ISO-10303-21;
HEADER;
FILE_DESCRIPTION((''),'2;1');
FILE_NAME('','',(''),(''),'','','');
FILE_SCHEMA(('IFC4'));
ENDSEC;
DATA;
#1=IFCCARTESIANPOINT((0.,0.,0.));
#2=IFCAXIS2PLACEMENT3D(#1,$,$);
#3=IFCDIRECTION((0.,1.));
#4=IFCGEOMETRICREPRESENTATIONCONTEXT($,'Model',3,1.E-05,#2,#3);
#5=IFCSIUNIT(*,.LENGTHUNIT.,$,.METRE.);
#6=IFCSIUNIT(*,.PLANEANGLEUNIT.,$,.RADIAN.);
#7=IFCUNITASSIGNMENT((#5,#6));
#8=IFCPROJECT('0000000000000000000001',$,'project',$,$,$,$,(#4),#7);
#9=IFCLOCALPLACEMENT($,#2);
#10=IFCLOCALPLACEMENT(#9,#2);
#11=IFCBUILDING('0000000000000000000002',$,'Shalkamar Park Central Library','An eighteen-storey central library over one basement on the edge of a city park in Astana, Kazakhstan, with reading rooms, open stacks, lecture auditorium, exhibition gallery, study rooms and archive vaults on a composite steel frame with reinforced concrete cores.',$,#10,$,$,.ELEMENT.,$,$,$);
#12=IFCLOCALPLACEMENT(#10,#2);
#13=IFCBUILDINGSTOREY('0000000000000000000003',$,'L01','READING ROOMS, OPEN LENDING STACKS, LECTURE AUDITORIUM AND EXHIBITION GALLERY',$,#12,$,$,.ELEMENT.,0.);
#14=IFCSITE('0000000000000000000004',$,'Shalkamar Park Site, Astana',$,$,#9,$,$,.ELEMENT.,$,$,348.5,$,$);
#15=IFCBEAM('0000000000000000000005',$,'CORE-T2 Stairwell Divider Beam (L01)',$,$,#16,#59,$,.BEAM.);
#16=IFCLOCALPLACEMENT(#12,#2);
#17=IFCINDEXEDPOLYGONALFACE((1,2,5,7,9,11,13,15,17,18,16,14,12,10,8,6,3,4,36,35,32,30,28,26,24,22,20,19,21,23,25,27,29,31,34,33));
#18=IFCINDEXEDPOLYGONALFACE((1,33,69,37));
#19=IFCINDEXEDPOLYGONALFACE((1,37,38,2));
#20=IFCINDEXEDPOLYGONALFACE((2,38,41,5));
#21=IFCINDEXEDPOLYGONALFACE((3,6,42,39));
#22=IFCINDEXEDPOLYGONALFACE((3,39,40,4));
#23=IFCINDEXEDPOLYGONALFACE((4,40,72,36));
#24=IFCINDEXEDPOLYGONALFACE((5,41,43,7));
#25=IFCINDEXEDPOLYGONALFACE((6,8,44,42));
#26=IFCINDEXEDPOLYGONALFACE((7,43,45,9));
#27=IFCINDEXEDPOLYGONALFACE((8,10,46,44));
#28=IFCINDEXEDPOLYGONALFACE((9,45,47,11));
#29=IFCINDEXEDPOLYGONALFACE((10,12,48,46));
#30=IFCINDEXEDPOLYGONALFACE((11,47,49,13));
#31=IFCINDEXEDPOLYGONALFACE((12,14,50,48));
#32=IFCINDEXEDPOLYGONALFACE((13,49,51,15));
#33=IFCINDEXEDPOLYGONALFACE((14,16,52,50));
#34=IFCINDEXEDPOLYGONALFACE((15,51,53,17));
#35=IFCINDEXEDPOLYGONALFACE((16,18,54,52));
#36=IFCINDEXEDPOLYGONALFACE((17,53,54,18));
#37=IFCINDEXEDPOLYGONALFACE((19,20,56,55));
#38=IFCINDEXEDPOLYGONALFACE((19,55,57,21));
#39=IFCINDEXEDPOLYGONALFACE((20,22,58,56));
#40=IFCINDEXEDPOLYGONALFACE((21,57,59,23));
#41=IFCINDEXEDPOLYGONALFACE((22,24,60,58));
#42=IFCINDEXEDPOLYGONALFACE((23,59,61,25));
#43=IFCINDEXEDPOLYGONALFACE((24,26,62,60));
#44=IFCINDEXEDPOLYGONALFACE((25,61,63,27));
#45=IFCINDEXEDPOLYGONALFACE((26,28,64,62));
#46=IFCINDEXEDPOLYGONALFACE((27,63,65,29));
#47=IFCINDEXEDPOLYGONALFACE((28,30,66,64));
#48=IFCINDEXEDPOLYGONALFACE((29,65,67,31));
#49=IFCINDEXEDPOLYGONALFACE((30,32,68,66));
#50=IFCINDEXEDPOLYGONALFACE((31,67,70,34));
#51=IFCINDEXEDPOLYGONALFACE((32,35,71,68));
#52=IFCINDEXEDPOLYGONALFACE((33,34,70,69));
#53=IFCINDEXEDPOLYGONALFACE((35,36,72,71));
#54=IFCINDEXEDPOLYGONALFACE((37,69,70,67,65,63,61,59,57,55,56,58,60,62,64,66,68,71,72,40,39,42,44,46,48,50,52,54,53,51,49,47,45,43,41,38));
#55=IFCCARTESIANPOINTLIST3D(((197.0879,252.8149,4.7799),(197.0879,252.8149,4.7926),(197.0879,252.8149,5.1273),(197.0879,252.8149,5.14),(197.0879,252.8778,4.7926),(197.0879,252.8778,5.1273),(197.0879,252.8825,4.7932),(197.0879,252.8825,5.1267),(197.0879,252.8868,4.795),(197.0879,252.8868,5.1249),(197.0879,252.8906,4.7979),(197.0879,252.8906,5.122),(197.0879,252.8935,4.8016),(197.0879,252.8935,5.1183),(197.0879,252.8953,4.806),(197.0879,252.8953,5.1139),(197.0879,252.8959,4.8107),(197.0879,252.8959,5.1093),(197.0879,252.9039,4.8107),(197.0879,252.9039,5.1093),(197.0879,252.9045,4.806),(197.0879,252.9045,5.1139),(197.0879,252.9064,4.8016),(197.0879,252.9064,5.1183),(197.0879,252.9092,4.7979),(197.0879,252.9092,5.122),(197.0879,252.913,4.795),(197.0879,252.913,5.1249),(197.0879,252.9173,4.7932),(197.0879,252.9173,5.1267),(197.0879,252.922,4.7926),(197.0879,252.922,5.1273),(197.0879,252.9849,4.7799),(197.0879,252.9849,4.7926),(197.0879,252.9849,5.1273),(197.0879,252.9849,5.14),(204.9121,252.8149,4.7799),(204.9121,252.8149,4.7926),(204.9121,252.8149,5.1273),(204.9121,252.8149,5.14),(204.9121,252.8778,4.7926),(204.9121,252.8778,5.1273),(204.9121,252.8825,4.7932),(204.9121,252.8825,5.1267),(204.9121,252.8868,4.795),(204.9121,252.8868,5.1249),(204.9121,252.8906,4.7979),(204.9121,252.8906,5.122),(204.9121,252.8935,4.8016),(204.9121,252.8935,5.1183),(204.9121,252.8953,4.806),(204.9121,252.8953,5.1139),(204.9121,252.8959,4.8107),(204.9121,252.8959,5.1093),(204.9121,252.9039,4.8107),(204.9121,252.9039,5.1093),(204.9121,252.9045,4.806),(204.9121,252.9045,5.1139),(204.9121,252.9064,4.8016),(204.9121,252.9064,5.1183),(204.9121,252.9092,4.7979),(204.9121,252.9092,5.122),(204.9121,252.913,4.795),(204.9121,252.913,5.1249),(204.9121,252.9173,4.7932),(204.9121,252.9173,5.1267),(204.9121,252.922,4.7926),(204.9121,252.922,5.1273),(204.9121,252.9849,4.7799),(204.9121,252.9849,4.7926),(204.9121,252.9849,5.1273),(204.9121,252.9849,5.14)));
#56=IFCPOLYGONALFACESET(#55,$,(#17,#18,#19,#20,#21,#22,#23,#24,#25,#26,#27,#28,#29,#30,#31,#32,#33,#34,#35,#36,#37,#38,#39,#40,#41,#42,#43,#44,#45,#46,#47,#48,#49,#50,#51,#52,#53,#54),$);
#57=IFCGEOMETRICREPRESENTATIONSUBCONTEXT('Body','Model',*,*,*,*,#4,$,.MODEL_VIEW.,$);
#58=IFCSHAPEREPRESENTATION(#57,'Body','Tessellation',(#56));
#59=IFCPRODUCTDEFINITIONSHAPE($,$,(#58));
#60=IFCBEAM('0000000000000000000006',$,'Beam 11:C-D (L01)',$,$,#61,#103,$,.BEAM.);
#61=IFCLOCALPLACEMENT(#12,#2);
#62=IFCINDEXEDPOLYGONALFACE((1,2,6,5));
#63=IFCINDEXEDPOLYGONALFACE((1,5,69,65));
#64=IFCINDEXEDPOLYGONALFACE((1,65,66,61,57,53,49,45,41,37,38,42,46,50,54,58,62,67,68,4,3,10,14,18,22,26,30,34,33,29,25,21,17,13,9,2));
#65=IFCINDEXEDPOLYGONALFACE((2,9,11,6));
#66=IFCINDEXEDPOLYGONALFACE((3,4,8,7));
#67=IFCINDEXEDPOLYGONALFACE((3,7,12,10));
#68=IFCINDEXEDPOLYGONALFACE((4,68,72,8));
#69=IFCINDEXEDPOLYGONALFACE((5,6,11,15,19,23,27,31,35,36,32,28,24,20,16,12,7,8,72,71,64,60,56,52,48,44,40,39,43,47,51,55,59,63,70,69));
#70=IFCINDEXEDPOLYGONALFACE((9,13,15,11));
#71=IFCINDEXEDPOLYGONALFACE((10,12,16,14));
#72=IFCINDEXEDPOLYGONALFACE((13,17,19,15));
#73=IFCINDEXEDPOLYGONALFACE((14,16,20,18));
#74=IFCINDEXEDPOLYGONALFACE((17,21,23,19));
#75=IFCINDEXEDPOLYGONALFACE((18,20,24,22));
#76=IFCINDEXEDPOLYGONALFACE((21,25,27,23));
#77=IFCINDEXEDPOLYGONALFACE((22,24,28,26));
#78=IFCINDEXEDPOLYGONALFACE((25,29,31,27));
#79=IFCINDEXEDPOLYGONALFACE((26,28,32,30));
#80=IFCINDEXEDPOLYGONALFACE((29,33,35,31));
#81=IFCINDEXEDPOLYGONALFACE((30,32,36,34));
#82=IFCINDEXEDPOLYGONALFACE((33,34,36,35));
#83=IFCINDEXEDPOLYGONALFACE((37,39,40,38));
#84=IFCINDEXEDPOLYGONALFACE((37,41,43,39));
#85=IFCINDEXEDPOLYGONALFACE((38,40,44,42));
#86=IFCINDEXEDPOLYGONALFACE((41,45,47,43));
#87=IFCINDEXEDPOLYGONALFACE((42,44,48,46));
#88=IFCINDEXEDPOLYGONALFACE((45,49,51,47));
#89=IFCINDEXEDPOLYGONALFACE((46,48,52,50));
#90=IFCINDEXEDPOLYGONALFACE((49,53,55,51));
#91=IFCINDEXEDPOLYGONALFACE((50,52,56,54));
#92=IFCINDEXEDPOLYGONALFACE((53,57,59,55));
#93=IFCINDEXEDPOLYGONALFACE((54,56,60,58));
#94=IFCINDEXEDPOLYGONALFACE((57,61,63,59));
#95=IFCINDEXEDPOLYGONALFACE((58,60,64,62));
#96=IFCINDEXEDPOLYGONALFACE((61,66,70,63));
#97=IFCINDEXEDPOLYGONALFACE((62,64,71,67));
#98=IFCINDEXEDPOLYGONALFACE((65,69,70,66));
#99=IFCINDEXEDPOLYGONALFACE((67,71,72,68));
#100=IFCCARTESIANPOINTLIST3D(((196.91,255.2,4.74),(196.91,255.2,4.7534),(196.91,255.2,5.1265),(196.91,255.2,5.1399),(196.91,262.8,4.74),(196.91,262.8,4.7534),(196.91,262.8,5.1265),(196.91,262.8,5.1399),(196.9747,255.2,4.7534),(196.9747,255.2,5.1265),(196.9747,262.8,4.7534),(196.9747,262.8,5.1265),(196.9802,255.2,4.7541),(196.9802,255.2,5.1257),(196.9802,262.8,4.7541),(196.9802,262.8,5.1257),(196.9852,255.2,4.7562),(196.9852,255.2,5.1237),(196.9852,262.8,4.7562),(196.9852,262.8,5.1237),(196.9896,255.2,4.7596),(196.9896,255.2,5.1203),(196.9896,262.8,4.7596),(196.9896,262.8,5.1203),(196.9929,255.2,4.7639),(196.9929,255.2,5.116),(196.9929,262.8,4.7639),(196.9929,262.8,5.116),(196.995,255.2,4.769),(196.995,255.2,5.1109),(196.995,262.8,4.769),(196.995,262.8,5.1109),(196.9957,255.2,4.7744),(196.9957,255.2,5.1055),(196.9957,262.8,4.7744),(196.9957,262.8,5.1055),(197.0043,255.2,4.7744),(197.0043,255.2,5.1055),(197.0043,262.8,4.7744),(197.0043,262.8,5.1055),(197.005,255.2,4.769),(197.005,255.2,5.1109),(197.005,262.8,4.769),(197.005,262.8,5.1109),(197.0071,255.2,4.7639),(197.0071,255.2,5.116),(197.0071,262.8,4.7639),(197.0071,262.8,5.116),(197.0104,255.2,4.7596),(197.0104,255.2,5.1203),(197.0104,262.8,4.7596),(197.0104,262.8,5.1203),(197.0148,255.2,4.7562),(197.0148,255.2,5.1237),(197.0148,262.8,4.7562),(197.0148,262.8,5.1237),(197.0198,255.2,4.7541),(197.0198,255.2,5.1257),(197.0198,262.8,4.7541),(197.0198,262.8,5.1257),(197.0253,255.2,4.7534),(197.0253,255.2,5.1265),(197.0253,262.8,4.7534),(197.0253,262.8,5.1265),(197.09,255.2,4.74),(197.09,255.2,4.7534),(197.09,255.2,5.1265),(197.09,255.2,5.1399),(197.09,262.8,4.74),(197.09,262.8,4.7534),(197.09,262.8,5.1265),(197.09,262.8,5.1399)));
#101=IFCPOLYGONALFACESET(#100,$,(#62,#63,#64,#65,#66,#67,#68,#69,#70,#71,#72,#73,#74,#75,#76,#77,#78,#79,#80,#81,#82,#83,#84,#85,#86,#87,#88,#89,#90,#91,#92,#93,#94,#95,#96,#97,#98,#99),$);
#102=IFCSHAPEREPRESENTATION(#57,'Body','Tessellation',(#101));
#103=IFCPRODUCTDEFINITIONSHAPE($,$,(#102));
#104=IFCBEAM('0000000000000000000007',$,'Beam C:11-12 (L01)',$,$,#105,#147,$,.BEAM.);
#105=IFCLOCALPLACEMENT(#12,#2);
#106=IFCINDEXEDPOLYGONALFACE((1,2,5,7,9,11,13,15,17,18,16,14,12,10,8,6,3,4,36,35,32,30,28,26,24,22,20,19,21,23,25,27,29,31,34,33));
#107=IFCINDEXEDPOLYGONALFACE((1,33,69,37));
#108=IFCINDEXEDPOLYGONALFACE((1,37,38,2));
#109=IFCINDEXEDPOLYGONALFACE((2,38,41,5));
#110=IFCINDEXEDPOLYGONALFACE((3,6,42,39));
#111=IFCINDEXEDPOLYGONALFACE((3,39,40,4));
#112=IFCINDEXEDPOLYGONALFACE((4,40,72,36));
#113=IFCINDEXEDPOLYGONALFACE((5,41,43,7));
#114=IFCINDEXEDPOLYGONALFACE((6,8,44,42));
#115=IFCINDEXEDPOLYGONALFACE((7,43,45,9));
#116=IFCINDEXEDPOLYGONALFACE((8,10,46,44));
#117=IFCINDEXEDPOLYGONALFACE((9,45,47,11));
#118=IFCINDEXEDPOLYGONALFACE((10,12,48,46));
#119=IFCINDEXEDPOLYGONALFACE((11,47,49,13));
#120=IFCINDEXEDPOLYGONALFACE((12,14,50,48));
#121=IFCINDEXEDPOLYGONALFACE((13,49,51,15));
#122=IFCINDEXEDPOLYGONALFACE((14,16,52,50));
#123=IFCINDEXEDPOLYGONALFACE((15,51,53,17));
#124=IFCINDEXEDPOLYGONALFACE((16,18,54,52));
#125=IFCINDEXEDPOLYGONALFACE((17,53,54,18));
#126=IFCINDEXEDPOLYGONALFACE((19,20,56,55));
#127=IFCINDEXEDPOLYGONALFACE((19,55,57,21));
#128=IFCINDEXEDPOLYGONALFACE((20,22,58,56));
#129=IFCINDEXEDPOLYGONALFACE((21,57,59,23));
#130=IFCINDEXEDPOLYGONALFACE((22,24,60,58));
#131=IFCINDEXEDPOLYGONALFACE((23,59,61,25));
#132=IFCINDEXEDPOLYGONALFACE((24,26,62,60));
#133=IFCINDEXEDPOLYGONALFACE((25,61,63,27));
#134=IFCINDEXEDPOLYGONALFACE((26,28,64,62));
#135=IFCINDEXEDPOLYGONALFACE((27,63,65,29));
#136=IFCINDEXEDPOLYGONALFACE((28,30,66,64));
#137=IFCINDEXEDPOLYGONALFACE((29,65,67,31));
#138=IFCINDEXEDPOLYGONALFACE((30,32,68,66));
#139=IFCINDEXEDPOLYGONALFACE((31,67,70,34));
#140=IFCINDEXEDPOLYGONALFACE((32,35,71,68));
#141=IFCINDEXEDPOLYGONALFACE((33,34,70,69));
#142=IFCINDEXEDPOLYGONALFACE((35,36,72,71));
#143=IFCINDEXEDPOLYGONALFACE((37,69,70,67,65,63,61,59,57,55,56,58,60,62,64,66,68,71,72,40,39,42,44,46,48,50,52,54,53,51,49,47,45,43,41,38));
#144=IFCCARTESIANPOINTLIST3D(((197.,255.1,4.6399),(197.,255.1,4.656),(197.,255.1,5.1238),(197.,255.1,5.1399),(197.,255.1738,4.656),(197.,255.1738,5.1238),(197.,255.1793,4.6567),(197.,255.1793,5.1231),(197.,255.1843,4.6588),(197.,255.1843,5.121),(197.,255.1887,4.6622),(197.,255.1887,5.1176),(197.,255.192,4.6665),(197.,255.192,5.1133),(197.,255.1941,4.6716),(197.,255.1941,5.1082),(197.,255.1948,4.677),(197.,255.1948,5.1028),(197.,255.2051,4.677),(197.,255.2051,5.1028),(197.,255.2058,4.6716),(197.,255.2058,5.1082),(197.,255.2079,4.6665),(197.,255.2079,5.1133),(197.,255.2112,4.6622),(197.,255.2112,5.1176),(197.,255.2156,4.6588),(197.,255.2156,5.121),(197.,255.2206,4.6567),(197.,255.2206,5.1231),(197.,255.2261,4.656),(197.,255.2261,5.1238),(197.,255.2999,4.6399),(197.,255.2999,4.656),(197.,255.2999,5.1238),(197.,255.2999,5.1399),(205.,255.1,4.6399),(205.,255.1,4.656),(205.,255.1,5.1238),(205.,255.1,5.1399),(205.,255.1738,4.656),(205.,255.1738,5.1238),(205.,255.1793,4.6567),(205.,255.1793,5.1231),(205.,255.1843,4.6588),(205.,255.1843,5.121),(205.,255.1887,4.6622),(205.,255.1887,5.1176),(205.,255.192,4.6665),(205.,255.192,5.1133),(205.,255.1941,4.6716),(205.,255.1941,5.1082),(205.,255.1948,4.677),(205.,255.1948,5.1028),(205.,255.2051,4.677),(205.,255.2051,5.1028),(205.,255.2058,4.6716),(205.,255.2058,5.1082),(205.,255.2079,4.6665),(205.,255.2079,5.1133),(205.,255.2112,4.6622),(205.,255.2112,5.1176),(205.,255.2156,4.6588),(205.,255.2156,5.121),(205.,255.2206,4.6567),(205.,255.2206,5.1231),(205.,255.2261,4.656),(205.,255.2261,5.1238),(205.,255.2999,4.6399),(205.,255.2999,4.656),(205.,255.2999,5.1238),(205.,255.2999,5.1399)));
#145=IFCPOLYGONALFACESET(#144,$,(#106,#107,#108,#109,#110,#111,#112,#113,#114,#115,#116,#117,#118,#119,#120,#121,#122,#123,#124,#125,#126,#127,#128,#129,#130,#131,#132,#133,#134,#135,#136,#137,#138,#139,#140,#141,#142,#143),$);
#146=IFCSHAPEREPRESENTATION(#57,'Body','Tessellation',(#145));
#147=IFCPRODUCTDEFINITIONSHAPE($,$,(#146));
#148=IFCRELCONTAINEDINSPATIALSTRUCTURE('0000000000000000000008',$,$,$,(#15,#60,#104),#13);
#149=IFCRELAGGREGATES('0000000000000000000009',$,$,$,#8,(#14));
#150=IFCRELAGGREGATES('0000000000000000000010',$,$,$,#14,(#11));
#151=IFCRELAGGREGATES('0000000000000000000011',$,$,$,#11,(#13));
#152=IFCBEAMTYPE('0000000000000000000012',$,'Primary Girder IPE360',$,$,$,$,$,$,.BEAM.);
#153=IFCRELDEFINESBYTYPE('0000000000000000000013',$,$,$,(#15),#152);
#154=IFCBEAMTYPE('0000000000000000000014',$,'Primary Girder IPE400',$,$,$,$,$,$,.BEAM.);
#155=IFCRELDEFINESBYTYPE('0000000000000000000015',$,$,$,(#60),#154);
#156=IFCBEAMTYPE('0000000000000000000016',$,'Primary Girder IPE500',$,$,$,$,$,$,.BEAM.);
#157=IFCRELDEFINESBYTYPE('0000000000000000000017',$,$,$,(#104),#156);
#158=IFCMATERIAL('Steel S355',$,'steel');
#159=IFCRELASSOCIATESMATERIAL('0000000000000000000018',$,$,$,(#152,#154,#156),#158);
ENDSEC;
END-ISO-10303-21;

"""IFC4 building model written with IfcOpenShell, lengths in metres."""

from ifc_helpers import new_model, si_unit, direction, frame, origin, origin_2d, place, context, subcontext, project, spatial, i_section, extrude, material, material_profile, profile_set, type_object, element, save


model = new_model("IFC4")

# Units and contexts
model_context = context("Model", 3, precision=1e-05, world=origin(), true_north=direction((0.0, 1.0)))
body_context = subcontext(model_context, "Body", "Model", "MODEL_VIEW")
ifc_project = project(units=[si_unit("LENGTHUNIT", "METRE"), si_unit("PLANEANGLEUNIT", "RADIAN")], contexts=[model_context])

# Site, building, storey
site_placement = place(None, origin())
site = spatial("IfcSite", under=ifc_project, at=site_placement, Name="Shalkamar Park Site, Astana", CompositionType="ELEMENT", RefElevation=348.5)
building_placement = place(site_placement, origin())
building = spatial("IfcBuilding", under=site, at=building_placement, Name="Shalkamar Park Central Library", Description="An eighteen-storey central library over one basement on the edge of a city park in Astana, Kazakhstan, with reading rooms, open stacks, lecture auditorium, exhibition gallery, study rooms and archive vaults on a composite steel frame with reinforced concrete cores.", CompositionType="ELEMENT")
storey_placement = place(building_placement, origin())
storey = spatial("IfcBuildingStorey", under=building, at=storey_placement, Name="L01", Description="READING ROOMS, OPEN LENDING STACKS, LECTURE AUDITORIUM AND EXHIBITION GALLERY", CompositionType="ELEMENT", Elevation=0.0)

# Shared definitions
ifc_material_1 = material(Name="Steel S355", Category="steel")

# Beams
ifc_material_profile_1 = material_profile(ifc_material_1, i_section(OverallWidth=0.1699, OverallDepth=0.3601, WebThickness=0.0081, FlangeThickness=0.0127, FilletRadius=0.0181, at=origin_2d()), Name="IPE 360")
ifc_profile_set_1 = profile_set([ifc_material_profile_1], Name="Steel S355")
beam_type_1 = type_object("IfcBeamType", Name="Primary Girder IPE360", PredefinedType="BEAM", material=ifc_profile_set_1)
beam_1_placement = place(storey_placement, frame((197.0879, 252.8999, 4.96), z_axis=(1.0, 0.0, 0.0), x_axis=(0.0, 1.0, 0.0)))
element("IfcBeam", 1, at=beam_1_placement, inside=storey, type_object=beam_type_1, Name="CORE-T2 Stairwell Divider Beam (L01)", PredefinedType="BEAM", context=body_context, shape_type="SweptSolid", body=[
    extrude(i_section(OverallWidth=0.1699, OverallDepth=0.3601, WebThickness=0.0081, FlangeThickness=0.0127, FilletRadius=0.0181, at=origin_2d()), origin(), (0.0, 0.0, 1.0), 7.8242),
])
ifc_material_profile_2 = material_profile(ifc_material_1, i_section(OverallWidth=0.1799, OverallDepth=0.3999, WebThickness=0.0085, FlangeThickness=0.0134, FilletRadius=0.021, at=origin_2d()), Name="IPE 400")
ifc_profile_set_2 = profile_set([ifc_material_profile_2], Name="Steel S355")
beam_type_2 = type_object("IfcBeamType", Name="Primary Girder IPE400", PredefinedType="BEAM", material=ifc_profile_set_2)
beam_2_placement = place(storey_placement, frame((197.0, 255.2, 4.9399), z_axis=(0.0, 1.0, 0.0), x_axis=(-1.0, 0.0, 0.0)))
element("IfcBeam", 2, at=beam_2_placement, inside=storey, type_object=beam_type_2, Name="Beam 11:C-D (L01)", PredefinedType="BEAM", context=body_context, shape_type="SweptSolid", body=[
    extrude(i_section(OverallWidth=0.1799, OverallDepth=0.3999, WebThickness=0.0085, FlangeThickness=0.0134, FilletRadius=0.021, at=origin_2d()), origin(), (0.0, 0.0, 1.0), 7.6001),
])
ifc_material_profile_3 = material_profile(ifc_material_1, i_section(OverallWidth=0.2, OverallDepth=0.5, WebThickness=0.0103, FlangeThickness=0.0161, FilletRadius=0.021, at=origin_2d()), Name="IPE 500")
ifc_profile_set_3 = profile_set([ifc_material_profile_3], Name="Steel S355")
beam_type_3 = type_object("IfcBeamType", Name="Primary Girder IPE500", PredefinedType="BEAM", material=ifc_profile_set_3)
beam_3_placement = place(storey_placement, frame((197.0, 255.2, 4.8899), z_axis=(1.0, 0.0, 0.0), x_axis=(0.0, 1.0, 0.0)))
element("IfcBeam", 3, at=beam_3_placement, inside=storey, type_object=beam_type_3, Name="Beam C:11-12 (L01)", PredefinedType="BEAM", context=body_context, shape_type="SweptSolid", body=[
    extrude(i_section(OverallWidth=0.2, OverallDepth=0.5, WebThickness=0.0103, FlangeThickness=0.0161, FilletRadius=0.021, at=origin_2d()), origin(), (0.0, 0.0, 1.0), 8.0),
])

save(model, "model.ifc")
